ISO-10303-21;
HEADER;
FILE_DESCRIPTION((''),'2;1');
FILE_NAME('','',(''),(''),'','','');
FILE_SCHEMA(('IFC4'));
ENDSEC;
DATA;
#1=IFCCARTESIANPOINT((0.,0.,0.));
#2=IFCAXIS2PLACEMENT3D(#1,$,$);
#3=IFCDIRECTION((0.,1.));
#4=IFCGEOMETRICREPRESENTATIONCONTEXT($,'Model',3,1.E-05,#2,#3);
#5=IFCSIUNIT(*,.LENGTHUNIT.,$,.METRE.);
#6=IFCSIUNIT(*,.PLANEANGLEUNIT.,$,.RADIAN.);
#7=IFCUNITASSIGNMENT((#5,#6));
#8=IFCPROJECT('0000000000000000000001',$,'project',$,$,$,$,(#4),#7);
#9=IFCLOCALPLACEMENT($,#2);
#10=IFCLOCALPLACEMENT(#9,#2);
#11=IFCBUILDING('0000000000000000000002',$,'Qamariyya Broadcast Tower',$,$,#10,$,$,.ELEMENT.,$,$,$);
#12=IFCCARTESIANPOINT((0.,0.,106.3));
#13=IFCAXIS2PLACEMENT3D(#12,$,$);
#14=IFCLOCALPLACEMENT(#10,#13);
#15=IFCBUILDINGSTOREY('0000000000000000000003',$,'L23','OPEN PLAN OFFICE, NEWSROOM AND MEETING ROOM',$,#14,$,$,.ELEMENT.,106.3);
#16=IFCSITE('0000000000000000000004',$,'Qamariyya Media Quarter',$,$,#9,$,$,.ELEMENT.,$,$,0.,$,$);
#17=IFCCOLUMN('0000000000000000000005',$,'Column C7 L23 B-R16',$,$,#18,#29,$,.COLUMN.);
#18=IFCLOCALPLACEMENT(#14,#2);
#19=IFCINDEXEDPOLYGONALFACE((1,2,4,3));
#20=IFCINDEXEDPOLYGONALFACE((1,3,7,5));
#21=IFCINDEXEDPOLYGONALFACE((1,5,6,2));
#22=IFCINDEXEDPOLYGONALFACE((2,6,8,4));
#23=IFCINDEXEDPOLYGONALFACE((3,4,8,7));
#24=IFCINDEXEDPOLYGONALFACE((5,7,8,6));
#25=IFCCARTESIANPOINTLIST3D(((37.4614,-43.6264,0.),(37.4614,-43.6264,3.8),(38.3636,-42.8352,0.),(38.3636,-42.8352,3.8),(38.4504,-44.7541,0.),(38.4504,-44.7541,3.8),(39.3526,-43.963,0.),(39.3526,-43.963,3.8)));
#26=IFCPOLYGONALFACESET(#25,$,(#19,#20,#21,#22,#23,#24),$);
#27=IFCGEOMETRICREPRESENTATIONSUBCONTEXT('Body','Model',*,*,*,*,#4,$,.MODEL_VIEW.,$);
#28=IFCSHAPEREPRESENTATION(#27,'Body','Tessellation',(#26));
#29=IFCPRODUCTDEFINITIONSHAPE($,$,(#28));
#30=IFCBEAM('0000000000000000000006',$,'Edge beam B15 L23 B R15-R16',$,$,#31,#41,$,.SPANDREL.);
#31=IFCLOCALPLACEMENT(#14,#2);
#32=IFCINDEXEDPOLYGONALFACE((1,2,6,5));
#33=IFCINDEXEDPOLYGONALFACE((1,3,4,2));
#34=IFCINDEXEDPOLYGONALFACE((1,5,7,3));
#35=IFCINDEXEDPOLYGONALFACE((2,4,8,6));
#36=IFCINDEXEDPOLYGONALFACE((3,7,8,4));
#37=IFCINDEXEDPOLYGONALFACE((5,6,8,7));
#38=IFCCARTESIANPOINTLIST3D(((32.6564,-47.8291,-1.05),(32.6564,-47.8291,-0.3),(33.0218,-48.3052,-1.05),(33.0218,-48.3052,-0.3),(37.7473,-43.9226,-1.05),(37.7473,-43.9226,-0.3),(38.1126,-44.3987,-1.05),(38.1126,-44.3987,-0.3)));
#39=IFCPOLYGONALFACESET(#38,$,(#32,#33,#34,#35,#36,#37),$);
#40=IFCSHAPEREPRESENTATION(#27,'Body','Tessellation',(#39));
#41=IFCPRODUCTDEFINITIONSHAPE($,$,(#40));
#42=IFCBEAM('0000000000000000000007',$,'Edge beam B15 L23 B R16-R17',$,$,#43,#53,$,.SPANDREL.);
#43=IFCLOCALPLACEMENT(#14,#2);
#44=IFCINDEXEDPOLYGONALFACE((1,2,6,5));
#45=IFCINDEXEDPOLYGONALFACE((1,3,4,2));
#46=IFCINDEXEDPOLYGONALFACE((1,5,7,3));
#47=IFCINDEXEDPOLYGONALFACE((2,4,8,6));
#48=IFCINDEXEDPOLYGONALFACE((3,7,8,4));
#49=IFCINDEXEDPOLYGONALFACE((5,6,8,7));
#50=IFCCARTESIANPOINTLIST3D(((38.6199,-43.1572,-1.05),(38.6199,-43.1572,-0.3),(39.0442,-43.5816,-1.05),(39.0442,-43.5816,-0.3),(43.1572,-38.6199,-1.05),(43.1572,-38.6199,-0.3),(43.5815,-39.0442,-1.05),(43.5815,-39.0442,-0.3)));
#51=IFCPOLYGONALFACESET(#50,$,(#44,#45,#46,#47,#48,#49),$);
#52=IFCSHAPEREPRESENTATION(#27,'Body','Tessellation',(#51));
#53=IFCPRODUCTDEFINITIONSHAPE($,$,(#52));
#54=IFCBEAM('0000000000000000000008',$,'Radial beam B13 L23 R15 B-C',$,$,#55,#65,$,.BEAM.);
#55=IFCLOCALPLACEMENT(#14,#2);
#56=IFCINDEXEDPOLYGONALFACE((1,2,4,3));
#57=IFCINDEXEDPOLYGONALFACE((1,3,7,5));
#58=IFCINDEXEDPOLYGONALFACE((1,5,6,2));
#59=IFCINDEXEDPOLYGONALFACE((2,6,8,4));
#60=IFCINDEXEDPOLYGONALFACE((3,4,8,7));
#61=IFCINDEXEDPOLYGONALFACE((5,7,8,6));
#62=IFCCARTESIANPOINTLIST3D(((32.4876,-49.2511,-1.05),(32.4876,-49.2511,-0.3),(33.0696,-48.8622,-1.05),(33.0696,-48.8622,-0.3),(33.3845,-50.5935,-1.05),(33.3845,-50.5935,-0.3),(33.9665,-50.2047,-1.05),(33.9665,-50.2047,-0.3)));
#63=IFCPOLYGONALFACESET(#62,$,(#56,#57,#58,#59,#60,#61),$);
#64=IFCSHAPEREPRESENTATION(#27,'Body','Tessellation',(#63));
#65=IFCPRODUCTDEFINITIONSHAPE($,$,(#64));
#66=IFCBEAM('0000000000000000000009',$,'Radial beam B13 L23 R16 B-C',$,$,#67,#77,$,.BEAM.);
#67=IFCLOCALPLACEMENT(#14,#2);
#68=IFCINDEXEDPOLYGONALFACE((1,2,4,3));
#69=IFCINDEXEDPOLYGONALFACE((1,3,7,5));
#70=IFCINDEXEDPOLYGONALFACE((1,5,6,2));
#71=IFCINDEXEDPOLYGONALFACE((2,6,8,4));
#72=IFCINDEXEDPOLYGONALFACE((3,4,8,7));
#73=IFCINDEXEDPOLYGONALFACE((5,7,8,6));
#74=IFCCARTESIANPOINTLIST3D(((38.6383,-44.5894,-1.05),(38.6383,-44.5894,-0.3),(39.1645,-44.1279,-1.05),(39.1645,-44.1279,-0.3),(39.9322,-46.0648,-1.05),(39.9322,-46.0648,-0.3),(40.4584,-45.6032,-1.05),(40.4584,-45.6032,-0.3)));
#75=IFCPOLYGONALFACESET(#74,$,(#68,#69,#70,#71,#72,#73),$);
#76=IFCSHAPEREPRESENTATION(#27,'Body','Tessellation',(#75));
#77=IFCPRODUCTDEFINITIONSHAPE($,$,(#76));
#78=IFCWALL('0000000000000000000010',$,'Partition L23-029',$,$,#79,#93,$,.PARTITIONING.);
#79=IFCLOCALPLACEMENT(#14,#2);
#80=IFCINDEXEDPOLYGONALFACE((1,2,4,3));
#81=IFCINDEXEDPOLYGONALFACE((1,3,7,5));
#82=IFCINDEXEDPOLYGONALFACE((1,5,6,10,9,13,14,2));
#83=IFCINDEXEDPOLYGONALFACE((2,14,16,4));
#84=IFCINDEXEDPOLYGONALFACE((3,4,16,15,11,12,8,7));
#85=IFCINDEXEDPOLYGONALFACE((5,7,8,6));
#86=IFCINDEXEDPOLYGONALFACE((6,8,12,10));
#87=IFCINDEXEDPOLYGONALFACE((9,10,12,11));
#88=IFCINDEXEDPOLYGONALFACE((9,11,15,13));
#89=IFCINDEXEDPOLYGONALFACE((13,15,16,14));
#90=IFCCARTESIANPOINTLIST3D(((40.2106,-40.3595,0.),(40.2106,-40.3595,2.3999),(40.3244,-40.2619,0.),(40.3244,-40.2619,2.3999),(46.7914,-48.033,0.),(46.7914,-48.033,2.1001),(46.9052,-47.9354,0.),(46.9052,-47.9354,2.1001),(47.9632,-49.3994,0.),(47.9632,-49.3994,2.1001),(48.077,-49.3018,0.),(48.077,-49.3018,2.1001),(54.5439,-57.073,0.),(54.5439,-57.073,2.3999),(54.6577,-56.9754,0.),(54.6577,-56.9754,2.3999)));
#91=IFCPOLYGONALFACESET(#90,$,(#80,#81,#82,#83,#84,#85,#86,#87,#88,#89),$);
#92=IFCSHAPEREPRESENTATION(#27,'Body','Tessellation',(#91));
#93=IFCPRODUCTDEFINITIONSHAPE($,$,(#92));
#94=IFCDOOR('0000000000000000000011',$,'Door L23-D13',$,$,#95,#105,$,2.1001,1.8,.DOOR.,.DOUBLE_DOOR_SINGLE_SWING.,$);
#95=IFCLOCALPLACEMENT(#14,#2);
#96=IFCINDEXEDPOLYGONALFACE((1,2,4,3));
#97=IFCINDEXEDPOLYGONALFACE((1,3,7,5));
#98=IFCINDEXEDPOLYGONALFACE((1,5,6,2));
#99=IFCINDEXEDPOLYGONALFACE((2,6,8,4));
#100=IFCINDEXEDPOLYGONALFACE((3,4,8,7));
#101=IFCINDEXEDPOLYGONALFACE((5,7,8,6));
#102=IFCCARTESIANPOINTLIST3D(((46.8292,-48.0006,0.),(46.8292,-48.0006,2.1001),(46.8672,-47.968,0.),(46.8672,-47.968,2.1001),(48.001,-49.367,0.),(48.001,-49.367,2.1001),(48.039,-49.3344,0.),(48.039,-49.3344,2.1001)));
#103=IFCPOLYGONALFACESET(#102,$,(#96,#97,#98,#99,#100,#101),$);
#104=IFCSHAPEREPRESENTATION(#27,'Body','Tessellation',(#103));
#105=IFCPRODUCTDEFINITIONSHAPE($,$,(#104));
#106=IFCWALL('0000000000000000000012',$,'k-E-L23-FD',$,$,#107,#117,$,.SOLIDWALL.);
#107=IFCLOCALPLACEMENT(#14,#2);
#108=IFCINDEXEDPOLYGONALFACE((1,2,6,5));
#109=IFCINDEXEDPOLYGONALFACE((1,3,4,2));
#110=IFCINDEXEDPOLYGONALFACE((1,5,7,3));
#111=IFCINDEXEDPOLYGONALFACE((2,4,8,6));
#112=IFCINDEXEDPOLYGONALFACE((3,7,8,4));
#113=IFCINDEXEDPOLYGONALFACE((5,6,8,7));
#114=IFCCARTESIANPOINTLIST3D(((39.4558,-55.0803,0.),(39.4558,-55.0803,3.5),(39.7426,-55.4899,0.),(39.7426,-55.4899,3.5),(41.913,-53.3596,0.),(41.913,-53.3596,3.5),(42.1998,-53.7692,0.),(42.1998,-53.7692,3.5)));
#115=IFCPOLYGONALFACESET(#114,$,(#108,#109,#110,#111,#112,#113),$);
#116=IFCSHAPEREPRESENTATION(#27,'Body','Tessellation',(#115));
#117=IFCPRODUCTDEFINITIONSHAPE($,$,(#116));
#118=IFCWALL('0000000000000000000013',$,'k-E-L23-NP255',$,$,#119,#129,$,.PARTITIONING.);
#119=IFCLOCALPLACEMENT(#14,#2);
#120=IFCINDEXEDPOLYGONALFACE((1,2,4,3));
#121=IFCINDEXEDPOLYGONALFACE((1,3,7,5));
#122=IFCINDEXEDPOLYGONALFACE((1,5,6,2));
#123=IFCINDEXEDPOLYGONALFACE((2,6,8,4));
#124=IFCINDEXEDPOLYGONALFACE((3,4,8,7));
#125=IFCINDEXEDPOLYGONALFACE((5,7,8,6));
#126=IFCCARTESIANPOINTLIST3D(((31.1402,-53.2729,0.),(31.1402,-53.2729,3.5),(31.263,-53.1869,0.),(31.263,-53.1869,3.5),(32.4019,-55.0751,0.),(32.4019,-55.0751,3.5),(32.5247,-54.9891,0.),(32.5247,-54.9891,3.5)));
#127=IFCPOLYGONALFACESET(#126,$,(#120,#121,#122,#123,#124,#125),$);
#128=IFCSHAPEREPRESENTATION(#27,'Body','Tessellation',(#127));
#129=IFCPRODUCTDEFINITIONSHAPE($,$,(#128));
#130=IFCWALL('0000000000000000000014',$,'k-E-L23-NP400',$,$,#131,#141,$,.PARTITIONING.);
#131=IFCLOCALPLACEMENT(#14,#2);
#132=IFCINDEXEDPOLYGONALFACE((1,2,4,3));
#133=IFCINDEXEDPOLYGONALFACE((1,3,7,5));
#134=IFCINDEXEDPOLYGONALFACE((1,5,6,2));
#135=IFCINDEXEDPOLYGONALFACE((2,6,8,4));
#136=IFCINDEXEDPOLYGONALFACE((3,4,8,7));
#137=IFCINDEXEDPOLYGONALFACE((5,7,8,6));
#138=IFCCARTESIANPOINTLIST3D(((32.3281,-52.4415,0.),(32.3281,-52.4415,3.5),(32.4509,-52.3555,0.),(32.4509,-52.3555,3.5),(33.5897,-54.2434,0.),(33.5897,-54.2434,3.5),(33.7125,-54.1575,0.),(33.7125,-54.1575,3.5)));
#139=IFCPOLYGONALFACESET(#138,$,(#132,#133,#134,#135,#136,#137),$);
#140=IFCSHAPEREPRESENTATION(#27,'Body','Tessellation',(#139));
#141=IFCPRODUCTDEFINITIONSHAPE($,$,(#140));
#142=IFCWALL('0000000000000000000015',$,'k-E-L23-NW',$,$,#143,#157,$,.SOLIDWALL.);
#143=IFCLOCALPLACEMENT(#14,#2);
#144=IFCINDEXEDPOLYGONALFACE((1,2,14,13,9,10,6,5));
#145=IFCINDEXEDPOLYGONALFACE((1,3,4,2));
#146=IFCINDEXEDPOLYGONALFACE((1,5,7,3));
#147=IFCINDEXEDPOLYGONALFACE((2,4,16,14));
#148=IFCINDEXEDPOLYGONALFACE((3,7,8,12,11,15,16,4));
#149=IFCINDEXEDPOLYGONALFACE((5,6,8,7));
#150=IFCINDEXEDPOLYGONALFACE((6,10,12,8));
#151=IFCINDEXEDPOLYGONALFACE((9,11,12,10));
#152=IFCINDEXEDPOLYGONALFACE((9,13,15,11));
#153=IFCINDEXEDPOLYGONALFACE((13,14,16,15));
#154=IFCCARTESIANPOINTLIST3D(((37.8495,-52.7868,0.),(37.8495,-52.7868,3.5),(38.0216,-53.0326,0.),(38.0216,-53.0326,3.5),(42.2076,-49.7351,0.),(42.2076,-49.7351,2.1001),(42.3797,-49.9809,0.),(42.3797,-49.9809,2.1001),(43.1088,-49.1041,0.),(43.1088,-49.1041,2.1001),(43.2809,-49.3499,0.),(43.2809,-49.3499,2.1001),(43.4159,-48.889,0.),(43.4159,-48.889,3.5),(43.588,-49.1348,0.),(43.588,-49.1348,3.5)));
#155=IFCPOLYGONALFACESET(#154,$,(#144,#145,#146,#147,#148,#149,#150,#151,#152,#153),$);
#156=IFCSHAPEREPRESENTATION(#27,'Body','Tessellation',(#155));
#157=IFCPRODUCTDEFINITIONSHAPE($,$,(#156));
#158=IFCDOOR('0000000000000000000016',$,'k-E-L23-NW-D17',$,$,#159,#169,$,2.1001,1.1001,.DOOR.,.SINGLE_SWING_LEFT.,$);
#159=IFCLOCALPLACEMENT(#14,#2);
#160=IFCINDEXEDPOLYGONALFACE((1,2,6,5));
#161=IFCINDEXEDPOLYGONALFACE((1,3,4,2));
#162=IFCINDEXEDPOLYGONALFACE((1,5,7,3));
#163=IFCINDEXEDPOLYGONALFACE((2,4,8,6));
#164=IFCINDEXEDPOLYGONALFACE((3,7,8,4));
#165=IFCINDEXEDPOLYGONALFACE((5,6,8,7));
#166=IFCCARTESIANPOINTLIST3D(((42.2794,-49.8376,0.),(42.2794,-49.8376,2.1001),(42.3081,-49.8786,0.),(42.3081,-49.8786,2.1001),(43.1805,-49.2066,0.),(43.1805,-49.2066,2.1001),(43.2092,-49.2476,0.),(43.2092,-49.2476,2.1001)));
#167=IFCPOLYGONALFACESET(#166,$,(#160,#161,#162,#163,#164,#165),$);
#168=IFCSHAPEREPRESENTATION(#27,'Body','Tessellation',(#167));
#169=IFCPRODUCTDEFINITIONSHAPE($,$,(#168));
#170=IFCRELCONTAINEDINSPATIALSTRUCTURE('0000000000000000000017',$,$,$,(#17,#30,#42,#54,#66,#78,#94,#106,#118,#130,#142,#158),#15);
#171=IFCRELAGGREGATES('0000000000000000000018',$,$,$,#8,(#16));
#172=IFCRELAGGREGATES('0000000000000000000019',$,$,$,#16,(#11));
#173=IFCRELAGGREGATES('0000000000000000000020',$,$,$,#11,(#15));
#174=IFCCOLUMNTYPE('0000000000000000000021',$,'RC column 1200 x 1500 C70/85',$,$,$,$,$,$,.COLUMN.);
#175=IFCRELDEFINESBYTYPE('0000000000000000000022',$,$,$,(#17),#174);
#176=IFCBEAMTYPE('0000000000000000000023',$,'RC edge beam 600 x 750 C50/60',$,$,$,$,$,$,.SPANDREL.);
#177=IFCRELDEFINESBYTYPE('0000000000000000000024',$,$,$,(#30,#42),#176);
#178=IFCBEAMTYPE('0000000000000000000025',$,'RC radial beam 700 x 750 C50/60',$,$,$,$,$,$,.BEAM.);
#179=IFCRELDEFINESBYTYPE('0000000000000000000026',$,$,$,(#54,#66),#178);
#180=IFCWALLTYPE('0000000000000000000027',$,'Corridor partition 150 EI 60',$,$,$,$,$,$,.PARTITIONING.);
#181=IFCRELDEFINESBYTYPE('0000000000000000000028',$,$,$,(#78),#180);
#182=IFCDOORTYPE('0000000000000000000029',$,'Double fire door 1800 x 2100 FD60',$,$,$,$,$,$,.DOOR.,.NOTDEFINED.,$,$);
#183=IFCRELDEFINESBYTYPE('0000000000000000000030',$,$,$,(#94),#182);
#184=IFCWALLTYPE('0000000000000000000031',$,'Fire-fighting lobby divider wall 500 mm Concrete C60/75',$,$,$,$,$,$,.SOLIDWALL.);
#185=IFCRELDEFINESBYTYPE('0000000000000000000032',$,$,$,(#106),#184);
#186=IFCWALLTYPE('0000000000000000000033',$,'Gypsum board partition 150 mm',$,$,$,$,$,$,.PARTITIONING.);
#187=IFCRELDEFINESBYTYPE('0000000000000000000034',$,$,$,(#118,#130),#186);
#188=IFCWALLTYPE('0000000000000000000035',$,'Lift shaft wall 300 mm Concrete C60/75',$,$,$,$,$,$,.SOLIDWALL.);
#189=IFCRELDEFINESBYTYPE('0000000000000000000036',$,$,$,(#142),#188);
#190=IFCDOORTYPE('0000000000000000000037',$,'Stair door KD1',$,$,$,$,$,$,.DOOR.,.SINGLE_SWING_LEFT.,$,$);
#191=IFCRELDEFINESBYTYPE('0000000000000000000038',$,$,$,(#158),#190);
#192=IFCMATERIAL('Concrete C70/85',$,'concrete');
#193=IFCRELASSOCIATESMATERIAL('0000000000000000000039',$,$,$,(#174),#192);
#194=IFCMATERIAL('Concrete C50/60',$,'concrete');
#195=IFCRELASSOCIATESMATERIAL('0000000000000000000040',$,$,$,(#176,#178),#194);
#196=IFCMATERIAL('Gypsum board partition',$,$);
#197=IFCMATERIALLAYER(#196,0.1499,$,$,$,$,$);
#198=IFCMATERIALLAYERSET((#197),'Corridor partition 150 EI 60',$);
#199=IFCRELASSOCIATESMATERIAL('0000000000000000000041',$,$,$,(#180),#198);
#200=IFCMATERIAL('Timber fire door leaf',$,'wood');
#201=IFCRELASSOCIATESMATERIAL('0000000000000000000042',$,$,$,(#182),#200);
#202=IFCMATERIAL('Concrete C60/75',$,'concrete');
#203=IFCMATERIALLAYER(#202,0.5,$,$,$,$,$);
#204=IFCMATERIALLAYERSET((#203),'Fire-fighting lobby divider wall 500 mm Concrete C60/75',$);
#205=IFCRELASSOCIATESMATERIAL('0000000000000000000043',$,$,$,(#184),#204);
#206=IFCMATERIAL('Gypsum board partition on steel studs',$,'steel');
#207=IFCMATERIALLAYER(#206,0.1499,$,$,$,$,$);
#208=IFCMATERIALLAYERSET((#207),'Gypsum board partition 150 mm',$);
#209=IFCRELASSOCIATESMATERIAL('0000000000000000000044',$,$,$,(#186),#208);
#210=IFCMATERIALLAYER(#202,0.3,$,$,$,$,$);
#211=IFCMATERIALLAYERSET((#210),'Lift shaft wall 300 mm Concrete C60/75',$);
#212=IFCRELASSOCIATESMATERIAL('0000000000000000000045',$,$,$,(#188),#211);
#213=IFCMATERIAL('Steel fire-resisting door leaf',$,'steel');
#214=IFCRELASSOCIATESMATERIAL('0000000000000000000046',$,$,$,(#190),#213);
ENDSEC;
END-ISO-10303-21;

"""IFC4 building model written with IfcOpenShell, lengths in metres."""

from ifc_helpers import new_model, si_unit, direction, frame, frame_2d, origin, origin_2d, place, context, subcontext, project, spatial, rectangle, extrude, material, layer, layer_set, material_profile, profile_set, type_object, element, fill, save


model = new_model("IFC4")

# Units and contexts
model_context = context("Model", 3, precision=1e-05, world=origin(), true_north=direction((0.0, 1.0)))
body_context = subcontext(model_context, "Body", "Model", "MODEL_VIEW")
ifc_project = project(units=[si_unit("LENGTHUNIT", "METRE"), si_unit("PLANEANGLEUNIT", "RADIAN")], contexts=[model_context])

# Site, building, storey
site_placement = place(None, origin())
site = spatial("IfcSite", under=ifc_project, at=site_placement, Name="Qamariyya Media Quarter", CompositionType="ELEMENT", RefElevation=0.0)
building_placement = place(site_placement, origin())
building = spatial("IfcBuilding", under=site, at=building_placement, Name="Qamariyya Broadcast Tower", CompositionType="ELEMENT")
storey_placement = place(building_placement, frame((0.0, 0.0, 106.3)))
storey = spatial("IfcBuildingStorey", under=building, at=storey_placement, Name="L23", Description="OPEN PLAN OFFICE, NEWSROOM AND MEETING ROOM", CompositionType="ELEMENT", Elevation=106.3)

# Column
ifc_material_1 = material(Name="Concrete C70/85", Category="concrete")
ifc_material_profile_1 = material_profile(ifc_material_1, rectangle(XDim=1.2, YDim=1.5, at=origin_2d()))
ifc_profile_set_1 = profile_set([ifc_material_profile_1], Name="Concrete C70/85")
column_type = type_object("IfcColumnType", Name="RC column 1200 x 1500 C70/85", PredefinedType="COLUMN", material=ifc_profile_set_1)
column_placement = place(storey_placement, frame((38.407, -43.7947, 0.0), z_axis=(0.0, 0.0, 1.0), x_axis=(0.75184, 0.659346, 0.0)))
element("IfcColumn", 1, at=column_placement, inside=storey, type_object=column_type, Name="Column C7 L23 B-R16", PredefinedType="COLUMN", context=body_context, shape_type="SweptSolid", body=[
    extrude(rectangle(XDim=1.2, YDim=1.5, at=origin_2d()), origin(), (0.0, 0.0, 1.0), 3.8),
])

# Beams
ifc_material_2 = material(Name="Concrete C50/60", Category="concrete")
ifc_material_profile_2 = material_profile(ifc_material_2, rectangle(XDim=0.6001, YDim=0.75, at=origin_2d()))
ifc_profile_set_2 = profile_set([ifc_material_profile_2], Name="Concrete C50/60")
beam_type_1 = type_object("IfcBeamType", Name="RC edge beam 600 x 750 C50/60", PredefinedType="SPANDREL", material=ifc_profile_set_2)
beam_1_placement = place(storey_placement, frame((32.8391, -48.0671, -0.675), z_axis=(0.793341, 0.608778, 0.0), x_axis=(-0.608778, 0.793341, 0.0)))
element("IfcBeam", 2, at=beam_1_placement, inside=storey, type_object=beam_type_1, Name="Edge beam B15 L23 B R15-R16", PredefinedType="SPANDREL", context=body_context, shape_type="SweptSolid", body=[
    extrude(rectangle(XDim=0.6001, YDim=0.75, at=origin_2d()), origin(), (0.0, 0.0, 1.0), 6.417),
])
beam_2_placement = place(storey_placement, frame((38.832, -43.3694, -0.675), z_axis=(0.707107, 0.707107, 0.0), x_axis=(-0.707107, 0.707107, 0.0)))
element("IfcBeam", 3, at=beam_2_placement, inside=storey, type_object=beam_type_1, Name="Edge beam B15 L23 B R16-R17", PredefinedType="SPANDREL", context=body_context, shape_type="SweptSolid", body=[
    extrude(rectangle(XDim=0.6001, YDim=0.75, at=origin_2d()), origin(), (0.0, 0.0, 1.0), 6.4167),
])
ifc_material_profile_3 = material_profile(ifc_material_2, rectangle(XDim=0.7, YDim=0.75, at=origin_2d()))
ifc_profile_set_3 = profile_set([ifc_material_profile_3], Name="Concrete C50/60")
beam_type_2 = type_object("IfcBeamType", Name="RC radial beam 700 x 750 C50/60", PredefinedType="BEAM", material=ifc_profile_set_3)
beam_3_placement = place(storey_placement, frame((32.7786, -49.0566, -0.675), z_axis=(0.555537, -0.831492, 0.0), x_axis=(0.831492, 0.555537, 0.0)))
element("IfcBeam", 4, at=beam_3_placement, inside=storey, type_object=beam_type_2, Name="Radial beam B13 L23 R15 B-C", PredefinedType="BEAM", context=body_context, shape_type="SweptSolid", body=[
    extrude(rectangle(XDim=0.7, YDim=0.75, at=origin_2d()), origin(), (0.0, 0.0, 1.0), 1.6145),
])
beam_4_placement = place(storey_placement, frame((38.9014, -44.3586, -0.675), z_axis=(0.659376, -0.751813, 0.0), x_axis=(0.751813, 0.659376, 0.0)))
element("IfcBeam", 5, at=beam_4_placement, inside=storey, type_object=beam_type_2, Name="Radial beam B13 L23 R16 B-C", PredefinedType="BEAM", context=body_context, shape_type="SweptSolid", body=[
    extrude(rectangle(XDim=0.7, YDim=0.75, at=origin_2d()), origin(), (0.0, 0.0, 1.0), 1.9624),
])

# Wall, opening, door
ifc_material_3 = material(Name="Gypsum board partition")
ifc_layer_1 = layer(ifc_material_3, 0.1499)
ifc_layer_set_1 = layer_set([ifc_layer_1], Name="Corridor partition 150 EI 60")
wall_type_1 = type_object("IfcWallType", Name="Corridor partition 150 EI 60", PredefinedType="PARTITIONING", material=ifc_layer_set_1)
wall_1_placement = place(storey_placement, frame((40.2676, -40.3108, 0.0), z_axis=(0.0, 0.0, 1.0), x_axis=(0.650988, -0.759088, 0.0)))
wall_1 = element("IfcWall", 6, at=wall_1_placement, inside=storey, type_object=wall_type_1, Name="Partition L23-029", PredefinedType="PARTITIONING", context=body_context, shape_type="SweptSolid", body=[
    extrude(rectangle(XDim=22.0178, YDim=0.1499, at=frame_2d((11.0088, 0.0))), origin(), (0.0, 0.0, 1.0), 2.3999),
])
opening_1_placement = place(wall_1_placement, frame((10.1089, 0.0, 0.0)))
opening_1 = element("IfcOpeningElement", 7, at=opening_1_placement, cuts=wall_1, PredefinedType="OPENING", context=body_context, shape_type="SweptSolid", body=[
    extrude(rectangle(XDim=1.8, YDim=2.1001, at=frame_2d((0.8999, 1.05))), frame((0.0, 0.085, 0.0), z_axis=(0.0, -1.0, 0.0), x_axis=(1.0, 0.0, 0.0)), (0.0, 0.0, 1.0), 0.1699),
])
ifc_material_4 = material(Name="Timber fire door leaf", Category="wood")
door_type_1 = type_object("IfcDoorType", Name="Double fire door 1800 x 2100 FD60", OperationType="NOTDEFINED", PredefinedType="DOOR", material=ifc_material_4)
door_1_placement = place(opening_1_placement, origin())
door_1 = element("IfcDoor", 8, at=door_1_placement, inside=storey, type_object=door_type_1, Name="Door L23-D13", OperationType="DOUBLE_DOOR_SINGLE_SWING", OverallHeight=2.1001, OverallWidth=1.8, PredefinedType="DOOR", context=body_context, shape_type="SweptSolid", body=[
    extrude(rectangle(XDim=1.8, YDim=2.1001, at=frame_2d((0.8999, 1.05))), frame((0.0, 0.0249, 0.0), z_axis=(0.0, -1.0, 0.0), x_axis=(1.0, 0.0, 0.0)), (0.0, 0.0, 1.0), 0.05),
])
fill(opening_1, door_1)

# Walls
ifc_material_5 = material(Name="Concrete C60/75", Category="concrete")
ifc_layer_2 = layer(ifc_material_5, 0.5)
ifc_layer_set_2 = layer_set([ifc_layer_2], Name="Fire-fighting lobby divider wall 500 mm Concrete C60/75")
wall_type_2 = type_object("IfcWallType", Name="Fire-fighting lobby divider wall 500 mm Concrete C60/75", PredefinedType="SOLIDWALL", material=ifc_layer_set_2)
wall_2_placement = place(storey_placement, frame((39.5991, -55.2852, 0.0), z_axis=(0.0, 0.0, 1.0), x_axis=(0.819136, 0.573599, 0.0)))
element("IfcWall", 9, at=wall_2_placement, inside=storey, type_object=wall_type_2, Name="k-E-L23-FD", PredefinedType="SOLIDWALL", context=body_context, shape_type="SweptSolid", body=[
    extrude(rectangle(XDim=2.9998, YDim=0.5, at=frame_2d((1.5, 0.0))), origin(), (0.0, 0.0, 1.0), 3.5),
])
ifc_material_6 = material(Name="Gypsum board partition on steel studs", Category="steel")
ifc_layer_3 = layer(ifc_material_6, 0.1499)
ifc_layer_set_3 = layer_set([ifc_layer_3], Name="Gypsum board partition 150 mm")
wall_type_3 = type_object("IfcWallType", Name="Gypsum board partition 150 mm", PredefinedType="PARTITIONING", material=ifc_layer_set_3)
wall_3_placement = place(storey_placement, frame((32.4634, -55.0322, 0.0), z_axis=(0.0, 0.0, 1.0), x_axis=(-0.573507, 0.819201, 0.0)))
element("IfcWall", 10, at=wall_3_placement, inside=storey, type_object=wall_type_3, Name="k-E-L23-NP255", PredefinedType="PARTITIONING", context=body_context, shape_type="SweptSolid", body=[
    extrude(rectangle(XDim=2.2, YDim=0.1499, at=frame_2d((1.1001, 0.0))), origin(), (0.0, 0.0, 1.0), 3.5),
])
wall_4_placement = place(storey_placement, frame((33.6511, -54.2004, 0.0), z_axis=(0.0, 0.0, 1.0), x_axis=(-0.573559, 0.819164, 0.0)))
element("IfcWall", 11, at=wall_4_placement, inside=storey, type_object=wall_type_3, Name="k-E-L23-NP400", PredefinedType="PARTITIONING", context=body_context, shape_type="SweptSolid", body=[
    extrude(rectangle(XDim=2.1997, YDim=0.1499, at=frame_2d((1.0999, 0.0))), origin(), (0.0, 0.0, 1.0), 3.5),
])

# Wall, opening, door
ifc_layer_4 = layer(ifc_material_5, 0.3)
ifc_layer_set_4 = layer_set([ifc_layer_4], Name="Lift shaft wall 300 mm Concrete C60/75")
wall_type_4 = type_object("IfcWallType", Name="Lift shaft wall 300 mm Concrete C60/75", PredefinedType="SOLIDWALL", material=ifc_layer_set_4)
wall_5_placement = place(storey_placement, frame((37.9355, -52.9097, 0.0), z_axis=(0.0, 0.0, 1.0), x_axis=(0.819148, 0.573583, 0.0)))
wall_5 = element("IfcWall", 12, at=wall_5_placement, inside=storey, type_object=wall_type_4, Name="k-E-L23-NW", PredefinedType="SOLIDWALL", context=body_context, shape_type="SweptSolid", body=[
    extrude(rectangle(XDim=6.7954, YDim=0.3, at=frame_2d((3.3977, 0.0))), origin(), (0.0, 0.0, 1.0), 3.5),
])
opening_2_placement = place(wall_5_placement, frame((5.3203, 0.0, 0.0)))
opening_2 = element("IfcOpeningElement", 13, at=opening_2_placement, cuts=wall_5, PredefinedType="OPENING", context=body_context, shape_type="SweptSolid", body=[
    extrude(rectangle(XDim=1.1001, YDim=2.1001, at=frame_2d((0.55, 1.05))), frame((0.0, 0.1599, 0.0), z_axis=(0.0, -1.0, 0.0), x_axis=(1.0, 0.0, 0.0)), (0.0, 0.0, 1.0), 0.3201),
])
ifc_material_7 = material(Name="Steel fire-resisting door leaf", Category="steel")
door_type_2 = type_object("IfcDoorType", Name="Stair door KD1", OperationType="SINGLE_SWING_LEFT", PredefinedType="DOOR", material=ifc_material_7)
door_2_placement = place(opening_2_placement, origin())
door_2 = element("IfcDoor", 14, at=door_2_placement, inside=storey, type_object=door_type_2, Name="k-E-L23-NW-D17", OperationType="SINGLE_SWING_LEFT", OverallHeight=2.1001, OverallWidth=1.1001, PredefinedType="DOOR", context=body_context, shape_type="SweptSolid", body=[
    extrude(rectangle(XDim=1.1001, YDim=2.1001, at=frame_2d((0.55, 1.05))), frame((0.0, 0.0249, 0.0), z_axis=(0.0, -1.0, 0.0), x_axis=(1.0, 0.0, 0.0)), (0.0, 0.0, 1.0), 0.05),
])
fill(opening_2, door_2)

save(model, "model.ifc")
